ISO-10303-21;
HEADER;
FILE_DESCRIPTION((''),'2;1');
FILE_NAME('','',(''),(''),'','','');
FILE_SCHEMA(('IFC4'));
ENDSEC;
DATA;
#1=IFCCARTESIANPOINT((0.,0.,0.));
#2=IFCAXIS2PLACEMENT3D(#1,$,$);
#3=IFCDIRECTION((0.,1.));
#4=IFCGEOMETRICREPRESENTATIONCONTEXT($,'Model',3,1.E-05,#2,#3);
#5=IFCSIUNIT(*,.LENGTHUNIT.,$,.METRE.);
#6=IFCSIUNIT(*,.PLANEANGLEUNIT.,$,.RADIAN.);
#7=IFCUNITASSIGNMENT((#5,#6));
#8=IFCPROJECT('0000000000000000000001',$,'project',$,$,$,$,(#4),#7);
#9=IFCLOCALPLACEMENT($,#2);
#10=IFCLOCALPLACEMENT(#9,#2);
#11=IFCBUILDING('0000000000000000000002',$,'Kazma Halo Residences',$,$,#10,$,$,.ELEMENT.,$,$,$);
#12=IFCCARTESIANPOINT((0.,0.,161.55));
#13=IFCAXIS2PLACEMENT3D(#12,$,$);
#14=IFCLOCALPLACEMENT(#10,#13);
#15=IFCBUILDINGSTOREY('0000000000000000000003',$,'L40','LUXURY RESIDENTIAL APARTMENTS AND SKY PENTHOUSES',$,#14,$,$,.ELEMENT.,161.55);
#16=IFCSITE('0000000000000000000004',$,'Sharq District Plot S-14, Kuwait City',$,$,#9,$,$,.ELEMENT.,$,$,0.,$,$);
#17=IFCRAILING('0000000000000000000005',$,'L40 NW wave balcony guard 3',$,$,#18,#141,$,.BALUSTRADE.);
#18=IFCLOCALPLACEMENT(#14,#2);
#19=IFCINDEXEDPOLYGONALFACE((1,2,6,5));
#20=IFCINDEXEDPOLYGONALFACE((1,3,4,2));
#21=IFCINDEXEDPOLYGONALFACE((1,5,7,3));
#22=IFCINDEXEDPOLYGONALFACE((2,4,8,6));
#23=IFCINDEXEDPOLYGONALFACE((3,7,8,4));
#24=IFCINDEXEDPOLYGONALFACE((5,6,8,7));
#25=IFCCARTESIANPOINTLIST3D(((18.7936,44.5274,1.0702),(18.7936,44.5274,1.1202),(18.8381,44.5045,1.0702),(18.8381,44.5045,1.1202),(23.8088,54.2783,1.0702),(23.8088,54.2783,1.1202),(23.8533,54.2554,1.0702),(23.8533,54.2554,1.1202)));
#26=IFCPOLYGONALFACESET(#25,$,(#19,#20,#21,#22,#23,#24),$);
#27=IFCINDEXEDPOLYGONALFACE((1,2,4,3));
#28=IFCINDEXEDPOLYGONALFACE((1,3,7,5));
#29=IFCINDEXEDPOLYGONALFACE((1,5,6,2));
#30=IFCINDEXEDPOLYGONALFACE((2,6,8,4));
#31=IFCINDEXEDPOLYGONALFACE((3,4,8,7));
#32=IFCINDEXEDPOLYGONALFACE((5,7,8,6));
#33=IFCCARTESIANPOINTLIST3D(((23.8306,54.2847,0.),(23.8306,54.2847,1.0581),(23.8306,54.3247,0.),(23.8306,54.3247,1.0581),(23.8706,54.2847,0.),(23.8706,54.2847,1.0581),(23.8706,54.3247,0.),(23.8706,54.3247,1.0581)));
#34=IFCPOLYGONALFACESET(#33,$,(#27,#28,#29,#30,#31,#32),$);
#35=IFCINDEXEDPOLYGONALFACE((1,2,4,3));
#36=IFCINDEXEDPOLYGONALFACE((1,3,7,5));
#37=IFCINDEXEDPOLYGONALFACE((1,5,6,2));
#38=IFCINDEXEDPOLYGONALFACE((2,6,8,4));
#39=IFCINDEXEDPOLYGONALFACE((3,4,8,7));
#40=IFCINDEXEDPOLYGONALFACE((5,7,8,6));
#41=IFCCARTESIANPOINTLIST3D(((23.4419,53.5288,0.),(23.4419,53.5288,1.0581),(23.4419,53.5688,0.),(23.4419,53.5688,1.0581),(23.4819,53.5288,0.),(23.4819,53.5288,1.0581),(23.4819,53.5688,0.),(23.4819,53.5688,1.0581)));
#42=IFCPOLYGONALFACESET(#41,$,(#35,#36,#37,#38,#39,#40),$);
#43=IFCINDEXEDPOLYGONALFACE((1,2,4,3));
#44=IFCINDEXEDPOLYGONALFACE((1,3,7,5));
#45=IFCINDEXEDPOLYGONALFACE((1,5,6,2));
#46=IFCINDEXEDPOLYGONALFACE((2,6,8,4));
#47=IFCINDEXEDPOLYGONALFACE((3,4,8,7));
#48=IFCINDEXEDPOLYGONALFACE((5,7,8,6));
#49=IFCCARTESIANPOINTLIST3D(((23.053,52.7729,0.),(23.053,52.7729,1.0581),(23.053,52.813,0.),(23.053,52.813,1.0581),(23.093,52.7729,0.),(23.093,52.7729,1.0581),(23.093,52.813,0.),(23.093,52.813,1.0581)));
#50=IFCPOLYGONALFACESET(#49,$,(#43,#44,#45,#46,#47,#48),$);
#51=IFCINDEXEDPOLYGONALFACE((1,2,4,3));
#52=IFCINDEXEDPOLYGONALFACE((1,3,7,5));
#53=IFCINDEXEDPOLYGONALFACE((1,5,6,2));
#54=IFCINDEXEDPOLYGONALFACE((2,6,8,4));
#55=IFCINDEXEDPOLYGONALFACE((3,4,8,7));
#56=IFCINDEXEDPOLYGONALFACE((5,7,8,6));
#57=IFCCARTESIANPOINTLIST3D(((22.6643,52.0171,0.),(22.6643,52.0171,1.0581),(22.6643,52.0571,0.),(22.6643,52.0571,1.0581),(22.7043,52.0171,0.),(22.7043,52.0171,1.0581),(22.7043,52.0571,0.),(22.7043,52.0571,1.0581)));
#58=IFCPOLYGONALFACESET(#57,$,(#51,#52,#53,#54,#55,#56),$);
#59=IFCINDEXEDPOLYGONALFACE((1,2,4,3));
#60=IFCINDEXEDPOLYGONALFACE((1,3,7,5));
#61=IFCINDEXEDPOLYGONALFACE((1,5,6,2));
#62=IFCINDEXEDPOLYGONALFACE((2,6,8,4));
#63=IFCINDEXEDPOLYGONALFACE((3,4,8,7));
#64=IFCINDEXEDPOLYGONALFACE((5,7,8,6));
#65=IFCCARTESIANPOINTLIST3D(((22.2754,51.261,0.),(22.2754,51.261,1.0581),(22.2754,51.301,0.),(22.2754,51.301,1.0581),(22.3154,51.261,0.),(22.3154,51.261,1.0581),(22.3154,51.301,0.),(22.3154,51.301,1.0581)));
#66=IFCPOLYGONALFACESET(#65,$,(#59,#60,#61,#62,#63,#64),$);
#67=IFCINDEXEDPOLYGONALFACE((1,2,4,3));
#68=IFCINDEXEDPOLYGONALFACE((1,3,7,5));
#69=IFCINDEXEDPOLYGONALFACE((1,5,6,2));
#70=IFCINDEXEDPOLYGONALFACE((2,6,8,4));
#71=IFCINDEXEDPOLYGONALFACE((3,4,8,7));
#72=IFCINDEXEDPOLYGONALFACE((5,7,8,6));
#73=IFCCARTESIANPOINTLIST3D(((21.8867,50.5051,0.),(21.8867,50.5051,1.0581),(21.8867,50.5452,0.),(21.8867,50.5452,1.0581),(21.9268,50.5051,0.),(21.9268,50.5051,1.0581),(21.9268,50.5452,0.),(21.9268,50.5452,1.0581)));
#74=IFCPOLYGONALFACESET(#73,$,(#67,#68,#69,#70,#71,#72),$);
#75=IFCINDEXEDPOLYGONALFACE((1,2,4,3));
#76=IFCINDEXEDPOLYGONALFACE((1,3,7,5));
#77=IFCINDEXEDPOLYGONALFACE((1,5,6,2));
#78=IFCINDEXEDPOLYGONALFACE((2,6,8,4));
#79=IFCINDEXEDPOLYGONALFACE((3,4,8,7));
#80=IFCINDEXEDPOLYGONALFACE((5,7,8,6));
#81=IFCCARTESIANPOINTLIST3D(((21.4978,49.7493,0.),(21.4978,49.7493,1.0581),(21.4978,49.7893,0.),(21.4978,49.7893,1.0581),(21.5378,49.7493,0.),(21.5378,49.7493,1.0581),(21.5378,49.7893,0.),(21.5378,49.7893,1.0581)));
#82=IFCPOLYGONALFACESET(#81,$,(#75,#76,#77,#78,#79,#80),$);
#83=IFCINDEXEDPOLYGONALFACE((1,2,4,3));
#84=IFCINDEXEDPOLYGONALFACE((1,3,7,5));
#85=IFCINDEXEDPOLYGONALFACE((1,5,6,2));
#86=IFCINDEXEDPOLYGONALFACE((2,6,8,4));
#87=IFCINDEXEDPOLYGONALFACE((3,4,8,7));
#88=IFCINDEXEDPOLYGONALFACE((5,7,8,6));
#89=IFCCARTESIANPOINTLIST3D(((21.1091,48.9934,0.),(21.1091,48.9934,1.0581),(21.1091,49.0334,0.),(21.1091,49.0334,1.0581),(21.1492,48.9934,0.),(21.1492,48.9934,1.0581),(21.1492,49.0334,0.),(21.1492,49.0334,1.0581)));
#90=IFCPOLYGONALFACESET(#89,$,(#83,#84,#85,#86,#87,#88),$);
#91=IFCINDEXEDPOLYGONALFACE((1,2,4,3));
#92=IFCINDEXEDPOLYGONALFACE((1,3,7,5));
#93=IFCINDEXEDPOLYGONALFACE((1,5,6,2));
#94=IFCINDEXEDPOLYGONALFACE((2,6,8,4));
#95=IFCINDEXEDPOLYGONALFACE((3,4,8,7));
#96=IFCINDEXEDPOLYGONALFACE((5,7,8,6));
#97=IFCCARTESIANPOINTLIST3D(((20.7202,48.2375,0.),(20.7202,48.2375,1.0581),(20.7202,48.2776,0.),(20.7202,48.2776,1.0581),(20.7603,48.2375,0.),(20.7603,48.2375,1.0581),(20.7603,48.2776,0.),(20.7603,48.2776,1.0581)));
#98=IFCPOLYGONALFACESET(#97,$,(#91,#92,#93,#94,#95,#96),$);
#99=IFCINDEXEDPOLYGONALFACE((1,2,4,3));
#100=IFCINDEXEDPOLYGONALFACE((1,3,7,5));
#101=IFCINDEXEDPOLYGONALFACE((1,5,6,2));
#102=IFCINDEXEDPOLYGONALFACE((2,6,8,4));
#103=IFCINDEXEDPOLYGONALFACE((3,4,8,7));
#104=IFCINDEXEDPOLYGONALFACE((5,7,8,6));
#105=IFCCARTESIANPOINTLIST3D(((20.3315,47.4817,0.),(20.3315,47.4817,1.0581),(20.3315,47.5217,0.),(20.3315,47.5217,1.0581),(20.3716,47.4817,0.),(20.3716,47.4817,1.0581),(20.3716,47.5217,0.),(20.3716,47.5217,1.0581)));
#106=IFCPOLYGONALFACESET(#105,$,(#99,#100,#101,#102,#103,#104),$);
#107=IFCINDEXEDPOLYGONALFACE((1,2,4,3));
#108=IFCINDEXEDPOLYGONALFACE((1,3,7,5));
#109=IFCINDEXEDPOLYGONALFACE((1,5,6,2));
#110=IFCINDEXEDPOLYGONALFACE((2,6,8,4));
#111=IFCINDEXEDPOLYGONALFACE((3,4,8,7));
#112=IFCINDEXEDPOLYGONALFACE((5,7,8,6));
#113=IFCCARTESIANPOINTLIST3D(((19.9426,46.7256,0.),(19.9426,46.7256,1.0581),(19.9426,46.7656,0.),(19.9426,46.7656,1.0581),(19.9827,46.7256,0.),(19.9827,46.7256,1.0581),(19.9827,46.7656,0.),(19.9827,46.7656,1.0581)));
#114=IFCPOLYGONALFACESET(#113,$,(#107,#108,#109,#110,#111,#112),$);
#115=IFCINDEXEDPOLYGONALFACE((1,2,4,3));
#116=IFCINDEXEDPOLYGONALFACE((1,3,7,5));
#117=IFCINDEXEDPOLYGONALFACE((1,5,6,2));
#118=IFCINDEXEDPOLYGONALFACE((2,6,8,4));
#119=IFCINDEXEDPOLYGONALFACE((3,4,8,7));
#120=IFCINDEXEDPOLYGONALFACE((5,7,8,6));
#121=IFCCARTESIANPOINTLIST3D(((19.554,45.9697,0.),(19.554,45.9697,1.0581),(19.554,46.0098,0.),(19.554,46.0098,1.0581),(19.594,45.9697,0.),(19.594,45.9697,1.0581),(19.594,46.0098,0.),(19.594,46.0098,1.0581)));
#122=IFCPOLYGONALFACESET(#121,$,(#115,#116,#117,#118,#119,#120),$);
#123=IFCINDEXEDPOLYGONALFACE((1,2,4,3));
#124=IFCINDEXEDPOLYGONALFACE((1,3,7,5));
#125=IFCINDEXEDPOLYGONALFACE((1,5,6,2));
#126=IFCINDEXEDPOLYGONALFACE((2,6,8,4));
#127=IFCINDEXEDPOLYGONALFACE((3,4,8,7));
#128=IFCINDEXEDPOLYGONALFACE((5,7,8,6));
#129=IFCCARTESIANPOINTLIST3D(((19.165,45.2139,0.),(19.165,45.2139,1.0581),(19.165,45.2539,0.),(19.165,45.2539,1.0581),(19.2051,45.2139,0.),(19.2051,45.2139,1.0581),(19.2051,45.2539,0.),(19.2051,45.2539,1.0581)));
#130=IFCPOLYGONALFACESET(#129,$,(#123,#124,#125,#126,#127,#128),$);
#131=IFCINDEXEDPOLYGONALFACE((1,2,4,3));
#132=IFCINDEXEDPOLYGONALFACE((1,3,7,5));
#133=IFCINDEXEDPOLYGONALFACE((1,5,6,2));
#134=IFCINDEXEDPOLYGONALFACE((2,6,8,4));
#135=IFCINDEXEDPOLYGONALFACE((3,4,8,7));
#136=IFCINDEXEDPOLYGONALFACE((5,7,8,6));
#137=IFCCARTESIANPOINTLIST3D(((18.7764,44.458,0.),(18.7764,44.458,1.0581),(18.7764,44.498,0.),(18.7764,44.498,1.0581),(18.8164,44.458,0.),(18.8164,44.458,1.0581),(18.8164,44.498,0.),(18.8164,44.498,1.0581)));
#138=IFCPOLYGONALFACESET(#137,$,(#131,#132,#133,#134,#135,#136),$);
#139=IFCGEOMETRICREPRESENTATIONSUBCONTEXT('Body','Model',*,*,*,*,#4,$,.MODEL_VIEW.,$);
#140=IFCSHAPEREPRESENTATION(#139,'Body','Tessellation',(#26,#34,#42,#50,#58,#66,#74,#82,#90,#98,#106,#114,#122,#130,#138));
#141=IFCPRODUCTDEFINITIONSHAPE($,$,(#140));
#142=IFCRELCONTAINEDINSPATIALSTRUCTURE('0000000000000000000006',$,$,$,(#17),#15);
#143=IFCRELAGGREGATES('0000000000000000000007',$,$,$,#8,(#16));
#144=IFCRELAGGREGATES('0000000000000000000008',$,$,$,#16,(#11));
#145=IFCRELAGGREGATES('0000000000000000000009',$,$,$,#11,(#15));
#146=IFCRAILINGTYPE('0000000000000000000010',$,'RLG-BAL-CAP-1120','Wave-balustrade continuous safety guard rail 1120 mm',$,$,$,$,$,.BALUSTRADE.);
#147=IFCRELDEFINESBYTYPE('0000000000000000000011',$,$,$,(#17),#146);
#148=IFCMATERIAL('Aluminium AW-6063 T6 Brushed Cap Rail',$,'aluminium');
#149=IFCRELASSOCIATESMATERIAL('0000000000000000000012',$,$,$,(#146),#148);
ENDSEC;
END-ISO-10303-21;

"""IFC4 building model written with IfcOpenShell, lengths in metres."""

from ifc_helpers import new_model, si_unit, direction, frame, origin, origin_2d, place, context, subcontext, project, spatial, rectangle, extrude, material, type_object, element, save


model = new_model("IFC4")

# Units and contexts
model_context = context("Model", 3, precision=1e-05, world=origin(), true_north=direction((0.0, 1.0)))
body_context = subcontext(model_context, "Body", "Model", "MODEL_VIEW")
ifc_project = project(units=[si_unit("LENGTHUNIT", "METRE"), si_unit("PLANEANGLEUNIT", "RADIAN")], contexts=[model_context])

# Site, building, storey
site_placement = place(None, origin())
site = spatial("IfcSite", under=ifc_project, at=site_placement, Name="Sharq District Plot S-14, Kuwait City", CompositionType="ELEMENT", RefElevation=0.0)
building_placement = place(site_placement, origin())
building = spatial("IfcBuilding", under=site, at=building_placement, Name="Kazma Halo Residences", CompositionType="ELEMENT")
storey_placement = place(building_placement, frame((0.0, 0.0, 161.55)))
storey = spatial("IfcBuildingStorey", under=building, at=storey_placement, Name="L40", Description="LUXURY RESIDENTIAL APARTMENTS AND SKY PENTHOUSES", CompositionType="ELEMENT", Elevation=161.55)

# Railing
ifc_material_1 = material(Name="Aluminium AW-6063 T6 Brushed Cap Rail", Category="aluminium")
railing_type = type_object("IfcRailingType", Name="RLG-BAL-CAP-1120", Description="Wave-balustrade continuous safety guard rail 1120 mm", PredefinedType="BALUSTRADE", material=ifc_material_1)
railing_1_placement = place(storey_placement, frame((23.8506, 54.3047, 0.0)))
element("IfcRailing", 1, at=railing_1_placement, inside=storey, type_object=railing_type, Name="L40 NW wave balcony guard 3", PredefinedType="BALUSTRADE", context=body_context, shape_type="SweptSolid", body=[
    extrude(rectangle(XDim=0.05, YDim=0.05, at=origin_2d()), frame((-0.0195, -0.0378, 1.0952), z_axis=(-0.457383, -0.88927, 0.0), x_axis=(0.88927, -0.457383, 0.0)), (0.0, 0.0, 1.0), 10.9651),
    extrude(rectangle(XDim=0.04, YDim=0.04, at=origin_2d()), origin(), (0.0, 0.0, 1.0), 1.0581),
    extrude(rectangle(XDim=0.04, YDim=0.04, at=origin_2d()), frame((-0.3887, -0.7559, 0.0)), (0.0, 0.0, 1.0), 1.0581),
    extrude(rectangle(XDim=0.04, YDim=0.04, at=origin_2d()), frame((-0.7776, -1.5117, 0.0)), (0.0, 0.0, 1.0), 1.0581),
    extrude(rectangle(XDim=0.04, YDim=0.04, at=origin_2d()), frame((-1.1663, -2.2676, 0.0)), (0.0, 0.0, 1.0), 1.0581),
    extrude(rectangle(XDim=0.04, YDim=0.04, at=origin_2d()), frame((-1.5552, -3.0237, 0.0)), (0.0, 0.0, 1.0), 1.0581),
    extrude(rectangle(XDim=0.04, YDim=0.04, at=origin_2d()), frame((-1.9438, -3.7795, 0.0)), (0.0, 0.0, 1.0), 1.0581),
    extrude(rectangle(XDim=0.04, YDim=0.04, at=origin_2d()), frame((-2.3328, -4.5354, 0.0)), (0.0, 0.0, 1.0), 1.0581),
    extrude(rectangle(XDim=0.04, YDim=0.04, at=origin_2d()), frame((-2.7214, -5.2913, 0.0)), (0.0, 0.0, 1.0), 1.0581),
    extrude(rectangle(XDim=0.04, YDim=0.04, at=origin_2d()), frame((-3.1104, -6.0471, 0.0)), (0.0, 0.0, 1.0), 1.0581),
    extrude(rectangle(XDim=0.04, YDim=0.04, at=origin_2d()), frame((-3.499, -6.803, 0.0)), (0.0, 0.0, 1.0), 1.0581),
    extrude(rectangle(XDim=0.04, YDim=0.04, at=origin_2d()), frame((-3.8879, -7.5591, 0.0)), (0.0, 0.0, 1.0), 1.0581),
    extrude(rectangle(XDim=0.04, YDim=0.04, at=origin_2d()), frame((-4.2766, -8.3149, 0.0)), (0.0, 0.0, 1.0), 1.0581),
    extrude(rectangle(XDim=0.04, YDim=0.04, at=origin_2d()), frame((-4.6655, -9.0708, 0.0)), (0.0, 0.0, 1.0), 1.0581),
    extrude(rectangle(XDim=0.04, YDim=0.04, at=origin_2d()), frame((-5.0542, -9.8267, 0.0)), (0.0, 0.0, 1.0), 1.0581),
])

save(model, "model.ifc")
